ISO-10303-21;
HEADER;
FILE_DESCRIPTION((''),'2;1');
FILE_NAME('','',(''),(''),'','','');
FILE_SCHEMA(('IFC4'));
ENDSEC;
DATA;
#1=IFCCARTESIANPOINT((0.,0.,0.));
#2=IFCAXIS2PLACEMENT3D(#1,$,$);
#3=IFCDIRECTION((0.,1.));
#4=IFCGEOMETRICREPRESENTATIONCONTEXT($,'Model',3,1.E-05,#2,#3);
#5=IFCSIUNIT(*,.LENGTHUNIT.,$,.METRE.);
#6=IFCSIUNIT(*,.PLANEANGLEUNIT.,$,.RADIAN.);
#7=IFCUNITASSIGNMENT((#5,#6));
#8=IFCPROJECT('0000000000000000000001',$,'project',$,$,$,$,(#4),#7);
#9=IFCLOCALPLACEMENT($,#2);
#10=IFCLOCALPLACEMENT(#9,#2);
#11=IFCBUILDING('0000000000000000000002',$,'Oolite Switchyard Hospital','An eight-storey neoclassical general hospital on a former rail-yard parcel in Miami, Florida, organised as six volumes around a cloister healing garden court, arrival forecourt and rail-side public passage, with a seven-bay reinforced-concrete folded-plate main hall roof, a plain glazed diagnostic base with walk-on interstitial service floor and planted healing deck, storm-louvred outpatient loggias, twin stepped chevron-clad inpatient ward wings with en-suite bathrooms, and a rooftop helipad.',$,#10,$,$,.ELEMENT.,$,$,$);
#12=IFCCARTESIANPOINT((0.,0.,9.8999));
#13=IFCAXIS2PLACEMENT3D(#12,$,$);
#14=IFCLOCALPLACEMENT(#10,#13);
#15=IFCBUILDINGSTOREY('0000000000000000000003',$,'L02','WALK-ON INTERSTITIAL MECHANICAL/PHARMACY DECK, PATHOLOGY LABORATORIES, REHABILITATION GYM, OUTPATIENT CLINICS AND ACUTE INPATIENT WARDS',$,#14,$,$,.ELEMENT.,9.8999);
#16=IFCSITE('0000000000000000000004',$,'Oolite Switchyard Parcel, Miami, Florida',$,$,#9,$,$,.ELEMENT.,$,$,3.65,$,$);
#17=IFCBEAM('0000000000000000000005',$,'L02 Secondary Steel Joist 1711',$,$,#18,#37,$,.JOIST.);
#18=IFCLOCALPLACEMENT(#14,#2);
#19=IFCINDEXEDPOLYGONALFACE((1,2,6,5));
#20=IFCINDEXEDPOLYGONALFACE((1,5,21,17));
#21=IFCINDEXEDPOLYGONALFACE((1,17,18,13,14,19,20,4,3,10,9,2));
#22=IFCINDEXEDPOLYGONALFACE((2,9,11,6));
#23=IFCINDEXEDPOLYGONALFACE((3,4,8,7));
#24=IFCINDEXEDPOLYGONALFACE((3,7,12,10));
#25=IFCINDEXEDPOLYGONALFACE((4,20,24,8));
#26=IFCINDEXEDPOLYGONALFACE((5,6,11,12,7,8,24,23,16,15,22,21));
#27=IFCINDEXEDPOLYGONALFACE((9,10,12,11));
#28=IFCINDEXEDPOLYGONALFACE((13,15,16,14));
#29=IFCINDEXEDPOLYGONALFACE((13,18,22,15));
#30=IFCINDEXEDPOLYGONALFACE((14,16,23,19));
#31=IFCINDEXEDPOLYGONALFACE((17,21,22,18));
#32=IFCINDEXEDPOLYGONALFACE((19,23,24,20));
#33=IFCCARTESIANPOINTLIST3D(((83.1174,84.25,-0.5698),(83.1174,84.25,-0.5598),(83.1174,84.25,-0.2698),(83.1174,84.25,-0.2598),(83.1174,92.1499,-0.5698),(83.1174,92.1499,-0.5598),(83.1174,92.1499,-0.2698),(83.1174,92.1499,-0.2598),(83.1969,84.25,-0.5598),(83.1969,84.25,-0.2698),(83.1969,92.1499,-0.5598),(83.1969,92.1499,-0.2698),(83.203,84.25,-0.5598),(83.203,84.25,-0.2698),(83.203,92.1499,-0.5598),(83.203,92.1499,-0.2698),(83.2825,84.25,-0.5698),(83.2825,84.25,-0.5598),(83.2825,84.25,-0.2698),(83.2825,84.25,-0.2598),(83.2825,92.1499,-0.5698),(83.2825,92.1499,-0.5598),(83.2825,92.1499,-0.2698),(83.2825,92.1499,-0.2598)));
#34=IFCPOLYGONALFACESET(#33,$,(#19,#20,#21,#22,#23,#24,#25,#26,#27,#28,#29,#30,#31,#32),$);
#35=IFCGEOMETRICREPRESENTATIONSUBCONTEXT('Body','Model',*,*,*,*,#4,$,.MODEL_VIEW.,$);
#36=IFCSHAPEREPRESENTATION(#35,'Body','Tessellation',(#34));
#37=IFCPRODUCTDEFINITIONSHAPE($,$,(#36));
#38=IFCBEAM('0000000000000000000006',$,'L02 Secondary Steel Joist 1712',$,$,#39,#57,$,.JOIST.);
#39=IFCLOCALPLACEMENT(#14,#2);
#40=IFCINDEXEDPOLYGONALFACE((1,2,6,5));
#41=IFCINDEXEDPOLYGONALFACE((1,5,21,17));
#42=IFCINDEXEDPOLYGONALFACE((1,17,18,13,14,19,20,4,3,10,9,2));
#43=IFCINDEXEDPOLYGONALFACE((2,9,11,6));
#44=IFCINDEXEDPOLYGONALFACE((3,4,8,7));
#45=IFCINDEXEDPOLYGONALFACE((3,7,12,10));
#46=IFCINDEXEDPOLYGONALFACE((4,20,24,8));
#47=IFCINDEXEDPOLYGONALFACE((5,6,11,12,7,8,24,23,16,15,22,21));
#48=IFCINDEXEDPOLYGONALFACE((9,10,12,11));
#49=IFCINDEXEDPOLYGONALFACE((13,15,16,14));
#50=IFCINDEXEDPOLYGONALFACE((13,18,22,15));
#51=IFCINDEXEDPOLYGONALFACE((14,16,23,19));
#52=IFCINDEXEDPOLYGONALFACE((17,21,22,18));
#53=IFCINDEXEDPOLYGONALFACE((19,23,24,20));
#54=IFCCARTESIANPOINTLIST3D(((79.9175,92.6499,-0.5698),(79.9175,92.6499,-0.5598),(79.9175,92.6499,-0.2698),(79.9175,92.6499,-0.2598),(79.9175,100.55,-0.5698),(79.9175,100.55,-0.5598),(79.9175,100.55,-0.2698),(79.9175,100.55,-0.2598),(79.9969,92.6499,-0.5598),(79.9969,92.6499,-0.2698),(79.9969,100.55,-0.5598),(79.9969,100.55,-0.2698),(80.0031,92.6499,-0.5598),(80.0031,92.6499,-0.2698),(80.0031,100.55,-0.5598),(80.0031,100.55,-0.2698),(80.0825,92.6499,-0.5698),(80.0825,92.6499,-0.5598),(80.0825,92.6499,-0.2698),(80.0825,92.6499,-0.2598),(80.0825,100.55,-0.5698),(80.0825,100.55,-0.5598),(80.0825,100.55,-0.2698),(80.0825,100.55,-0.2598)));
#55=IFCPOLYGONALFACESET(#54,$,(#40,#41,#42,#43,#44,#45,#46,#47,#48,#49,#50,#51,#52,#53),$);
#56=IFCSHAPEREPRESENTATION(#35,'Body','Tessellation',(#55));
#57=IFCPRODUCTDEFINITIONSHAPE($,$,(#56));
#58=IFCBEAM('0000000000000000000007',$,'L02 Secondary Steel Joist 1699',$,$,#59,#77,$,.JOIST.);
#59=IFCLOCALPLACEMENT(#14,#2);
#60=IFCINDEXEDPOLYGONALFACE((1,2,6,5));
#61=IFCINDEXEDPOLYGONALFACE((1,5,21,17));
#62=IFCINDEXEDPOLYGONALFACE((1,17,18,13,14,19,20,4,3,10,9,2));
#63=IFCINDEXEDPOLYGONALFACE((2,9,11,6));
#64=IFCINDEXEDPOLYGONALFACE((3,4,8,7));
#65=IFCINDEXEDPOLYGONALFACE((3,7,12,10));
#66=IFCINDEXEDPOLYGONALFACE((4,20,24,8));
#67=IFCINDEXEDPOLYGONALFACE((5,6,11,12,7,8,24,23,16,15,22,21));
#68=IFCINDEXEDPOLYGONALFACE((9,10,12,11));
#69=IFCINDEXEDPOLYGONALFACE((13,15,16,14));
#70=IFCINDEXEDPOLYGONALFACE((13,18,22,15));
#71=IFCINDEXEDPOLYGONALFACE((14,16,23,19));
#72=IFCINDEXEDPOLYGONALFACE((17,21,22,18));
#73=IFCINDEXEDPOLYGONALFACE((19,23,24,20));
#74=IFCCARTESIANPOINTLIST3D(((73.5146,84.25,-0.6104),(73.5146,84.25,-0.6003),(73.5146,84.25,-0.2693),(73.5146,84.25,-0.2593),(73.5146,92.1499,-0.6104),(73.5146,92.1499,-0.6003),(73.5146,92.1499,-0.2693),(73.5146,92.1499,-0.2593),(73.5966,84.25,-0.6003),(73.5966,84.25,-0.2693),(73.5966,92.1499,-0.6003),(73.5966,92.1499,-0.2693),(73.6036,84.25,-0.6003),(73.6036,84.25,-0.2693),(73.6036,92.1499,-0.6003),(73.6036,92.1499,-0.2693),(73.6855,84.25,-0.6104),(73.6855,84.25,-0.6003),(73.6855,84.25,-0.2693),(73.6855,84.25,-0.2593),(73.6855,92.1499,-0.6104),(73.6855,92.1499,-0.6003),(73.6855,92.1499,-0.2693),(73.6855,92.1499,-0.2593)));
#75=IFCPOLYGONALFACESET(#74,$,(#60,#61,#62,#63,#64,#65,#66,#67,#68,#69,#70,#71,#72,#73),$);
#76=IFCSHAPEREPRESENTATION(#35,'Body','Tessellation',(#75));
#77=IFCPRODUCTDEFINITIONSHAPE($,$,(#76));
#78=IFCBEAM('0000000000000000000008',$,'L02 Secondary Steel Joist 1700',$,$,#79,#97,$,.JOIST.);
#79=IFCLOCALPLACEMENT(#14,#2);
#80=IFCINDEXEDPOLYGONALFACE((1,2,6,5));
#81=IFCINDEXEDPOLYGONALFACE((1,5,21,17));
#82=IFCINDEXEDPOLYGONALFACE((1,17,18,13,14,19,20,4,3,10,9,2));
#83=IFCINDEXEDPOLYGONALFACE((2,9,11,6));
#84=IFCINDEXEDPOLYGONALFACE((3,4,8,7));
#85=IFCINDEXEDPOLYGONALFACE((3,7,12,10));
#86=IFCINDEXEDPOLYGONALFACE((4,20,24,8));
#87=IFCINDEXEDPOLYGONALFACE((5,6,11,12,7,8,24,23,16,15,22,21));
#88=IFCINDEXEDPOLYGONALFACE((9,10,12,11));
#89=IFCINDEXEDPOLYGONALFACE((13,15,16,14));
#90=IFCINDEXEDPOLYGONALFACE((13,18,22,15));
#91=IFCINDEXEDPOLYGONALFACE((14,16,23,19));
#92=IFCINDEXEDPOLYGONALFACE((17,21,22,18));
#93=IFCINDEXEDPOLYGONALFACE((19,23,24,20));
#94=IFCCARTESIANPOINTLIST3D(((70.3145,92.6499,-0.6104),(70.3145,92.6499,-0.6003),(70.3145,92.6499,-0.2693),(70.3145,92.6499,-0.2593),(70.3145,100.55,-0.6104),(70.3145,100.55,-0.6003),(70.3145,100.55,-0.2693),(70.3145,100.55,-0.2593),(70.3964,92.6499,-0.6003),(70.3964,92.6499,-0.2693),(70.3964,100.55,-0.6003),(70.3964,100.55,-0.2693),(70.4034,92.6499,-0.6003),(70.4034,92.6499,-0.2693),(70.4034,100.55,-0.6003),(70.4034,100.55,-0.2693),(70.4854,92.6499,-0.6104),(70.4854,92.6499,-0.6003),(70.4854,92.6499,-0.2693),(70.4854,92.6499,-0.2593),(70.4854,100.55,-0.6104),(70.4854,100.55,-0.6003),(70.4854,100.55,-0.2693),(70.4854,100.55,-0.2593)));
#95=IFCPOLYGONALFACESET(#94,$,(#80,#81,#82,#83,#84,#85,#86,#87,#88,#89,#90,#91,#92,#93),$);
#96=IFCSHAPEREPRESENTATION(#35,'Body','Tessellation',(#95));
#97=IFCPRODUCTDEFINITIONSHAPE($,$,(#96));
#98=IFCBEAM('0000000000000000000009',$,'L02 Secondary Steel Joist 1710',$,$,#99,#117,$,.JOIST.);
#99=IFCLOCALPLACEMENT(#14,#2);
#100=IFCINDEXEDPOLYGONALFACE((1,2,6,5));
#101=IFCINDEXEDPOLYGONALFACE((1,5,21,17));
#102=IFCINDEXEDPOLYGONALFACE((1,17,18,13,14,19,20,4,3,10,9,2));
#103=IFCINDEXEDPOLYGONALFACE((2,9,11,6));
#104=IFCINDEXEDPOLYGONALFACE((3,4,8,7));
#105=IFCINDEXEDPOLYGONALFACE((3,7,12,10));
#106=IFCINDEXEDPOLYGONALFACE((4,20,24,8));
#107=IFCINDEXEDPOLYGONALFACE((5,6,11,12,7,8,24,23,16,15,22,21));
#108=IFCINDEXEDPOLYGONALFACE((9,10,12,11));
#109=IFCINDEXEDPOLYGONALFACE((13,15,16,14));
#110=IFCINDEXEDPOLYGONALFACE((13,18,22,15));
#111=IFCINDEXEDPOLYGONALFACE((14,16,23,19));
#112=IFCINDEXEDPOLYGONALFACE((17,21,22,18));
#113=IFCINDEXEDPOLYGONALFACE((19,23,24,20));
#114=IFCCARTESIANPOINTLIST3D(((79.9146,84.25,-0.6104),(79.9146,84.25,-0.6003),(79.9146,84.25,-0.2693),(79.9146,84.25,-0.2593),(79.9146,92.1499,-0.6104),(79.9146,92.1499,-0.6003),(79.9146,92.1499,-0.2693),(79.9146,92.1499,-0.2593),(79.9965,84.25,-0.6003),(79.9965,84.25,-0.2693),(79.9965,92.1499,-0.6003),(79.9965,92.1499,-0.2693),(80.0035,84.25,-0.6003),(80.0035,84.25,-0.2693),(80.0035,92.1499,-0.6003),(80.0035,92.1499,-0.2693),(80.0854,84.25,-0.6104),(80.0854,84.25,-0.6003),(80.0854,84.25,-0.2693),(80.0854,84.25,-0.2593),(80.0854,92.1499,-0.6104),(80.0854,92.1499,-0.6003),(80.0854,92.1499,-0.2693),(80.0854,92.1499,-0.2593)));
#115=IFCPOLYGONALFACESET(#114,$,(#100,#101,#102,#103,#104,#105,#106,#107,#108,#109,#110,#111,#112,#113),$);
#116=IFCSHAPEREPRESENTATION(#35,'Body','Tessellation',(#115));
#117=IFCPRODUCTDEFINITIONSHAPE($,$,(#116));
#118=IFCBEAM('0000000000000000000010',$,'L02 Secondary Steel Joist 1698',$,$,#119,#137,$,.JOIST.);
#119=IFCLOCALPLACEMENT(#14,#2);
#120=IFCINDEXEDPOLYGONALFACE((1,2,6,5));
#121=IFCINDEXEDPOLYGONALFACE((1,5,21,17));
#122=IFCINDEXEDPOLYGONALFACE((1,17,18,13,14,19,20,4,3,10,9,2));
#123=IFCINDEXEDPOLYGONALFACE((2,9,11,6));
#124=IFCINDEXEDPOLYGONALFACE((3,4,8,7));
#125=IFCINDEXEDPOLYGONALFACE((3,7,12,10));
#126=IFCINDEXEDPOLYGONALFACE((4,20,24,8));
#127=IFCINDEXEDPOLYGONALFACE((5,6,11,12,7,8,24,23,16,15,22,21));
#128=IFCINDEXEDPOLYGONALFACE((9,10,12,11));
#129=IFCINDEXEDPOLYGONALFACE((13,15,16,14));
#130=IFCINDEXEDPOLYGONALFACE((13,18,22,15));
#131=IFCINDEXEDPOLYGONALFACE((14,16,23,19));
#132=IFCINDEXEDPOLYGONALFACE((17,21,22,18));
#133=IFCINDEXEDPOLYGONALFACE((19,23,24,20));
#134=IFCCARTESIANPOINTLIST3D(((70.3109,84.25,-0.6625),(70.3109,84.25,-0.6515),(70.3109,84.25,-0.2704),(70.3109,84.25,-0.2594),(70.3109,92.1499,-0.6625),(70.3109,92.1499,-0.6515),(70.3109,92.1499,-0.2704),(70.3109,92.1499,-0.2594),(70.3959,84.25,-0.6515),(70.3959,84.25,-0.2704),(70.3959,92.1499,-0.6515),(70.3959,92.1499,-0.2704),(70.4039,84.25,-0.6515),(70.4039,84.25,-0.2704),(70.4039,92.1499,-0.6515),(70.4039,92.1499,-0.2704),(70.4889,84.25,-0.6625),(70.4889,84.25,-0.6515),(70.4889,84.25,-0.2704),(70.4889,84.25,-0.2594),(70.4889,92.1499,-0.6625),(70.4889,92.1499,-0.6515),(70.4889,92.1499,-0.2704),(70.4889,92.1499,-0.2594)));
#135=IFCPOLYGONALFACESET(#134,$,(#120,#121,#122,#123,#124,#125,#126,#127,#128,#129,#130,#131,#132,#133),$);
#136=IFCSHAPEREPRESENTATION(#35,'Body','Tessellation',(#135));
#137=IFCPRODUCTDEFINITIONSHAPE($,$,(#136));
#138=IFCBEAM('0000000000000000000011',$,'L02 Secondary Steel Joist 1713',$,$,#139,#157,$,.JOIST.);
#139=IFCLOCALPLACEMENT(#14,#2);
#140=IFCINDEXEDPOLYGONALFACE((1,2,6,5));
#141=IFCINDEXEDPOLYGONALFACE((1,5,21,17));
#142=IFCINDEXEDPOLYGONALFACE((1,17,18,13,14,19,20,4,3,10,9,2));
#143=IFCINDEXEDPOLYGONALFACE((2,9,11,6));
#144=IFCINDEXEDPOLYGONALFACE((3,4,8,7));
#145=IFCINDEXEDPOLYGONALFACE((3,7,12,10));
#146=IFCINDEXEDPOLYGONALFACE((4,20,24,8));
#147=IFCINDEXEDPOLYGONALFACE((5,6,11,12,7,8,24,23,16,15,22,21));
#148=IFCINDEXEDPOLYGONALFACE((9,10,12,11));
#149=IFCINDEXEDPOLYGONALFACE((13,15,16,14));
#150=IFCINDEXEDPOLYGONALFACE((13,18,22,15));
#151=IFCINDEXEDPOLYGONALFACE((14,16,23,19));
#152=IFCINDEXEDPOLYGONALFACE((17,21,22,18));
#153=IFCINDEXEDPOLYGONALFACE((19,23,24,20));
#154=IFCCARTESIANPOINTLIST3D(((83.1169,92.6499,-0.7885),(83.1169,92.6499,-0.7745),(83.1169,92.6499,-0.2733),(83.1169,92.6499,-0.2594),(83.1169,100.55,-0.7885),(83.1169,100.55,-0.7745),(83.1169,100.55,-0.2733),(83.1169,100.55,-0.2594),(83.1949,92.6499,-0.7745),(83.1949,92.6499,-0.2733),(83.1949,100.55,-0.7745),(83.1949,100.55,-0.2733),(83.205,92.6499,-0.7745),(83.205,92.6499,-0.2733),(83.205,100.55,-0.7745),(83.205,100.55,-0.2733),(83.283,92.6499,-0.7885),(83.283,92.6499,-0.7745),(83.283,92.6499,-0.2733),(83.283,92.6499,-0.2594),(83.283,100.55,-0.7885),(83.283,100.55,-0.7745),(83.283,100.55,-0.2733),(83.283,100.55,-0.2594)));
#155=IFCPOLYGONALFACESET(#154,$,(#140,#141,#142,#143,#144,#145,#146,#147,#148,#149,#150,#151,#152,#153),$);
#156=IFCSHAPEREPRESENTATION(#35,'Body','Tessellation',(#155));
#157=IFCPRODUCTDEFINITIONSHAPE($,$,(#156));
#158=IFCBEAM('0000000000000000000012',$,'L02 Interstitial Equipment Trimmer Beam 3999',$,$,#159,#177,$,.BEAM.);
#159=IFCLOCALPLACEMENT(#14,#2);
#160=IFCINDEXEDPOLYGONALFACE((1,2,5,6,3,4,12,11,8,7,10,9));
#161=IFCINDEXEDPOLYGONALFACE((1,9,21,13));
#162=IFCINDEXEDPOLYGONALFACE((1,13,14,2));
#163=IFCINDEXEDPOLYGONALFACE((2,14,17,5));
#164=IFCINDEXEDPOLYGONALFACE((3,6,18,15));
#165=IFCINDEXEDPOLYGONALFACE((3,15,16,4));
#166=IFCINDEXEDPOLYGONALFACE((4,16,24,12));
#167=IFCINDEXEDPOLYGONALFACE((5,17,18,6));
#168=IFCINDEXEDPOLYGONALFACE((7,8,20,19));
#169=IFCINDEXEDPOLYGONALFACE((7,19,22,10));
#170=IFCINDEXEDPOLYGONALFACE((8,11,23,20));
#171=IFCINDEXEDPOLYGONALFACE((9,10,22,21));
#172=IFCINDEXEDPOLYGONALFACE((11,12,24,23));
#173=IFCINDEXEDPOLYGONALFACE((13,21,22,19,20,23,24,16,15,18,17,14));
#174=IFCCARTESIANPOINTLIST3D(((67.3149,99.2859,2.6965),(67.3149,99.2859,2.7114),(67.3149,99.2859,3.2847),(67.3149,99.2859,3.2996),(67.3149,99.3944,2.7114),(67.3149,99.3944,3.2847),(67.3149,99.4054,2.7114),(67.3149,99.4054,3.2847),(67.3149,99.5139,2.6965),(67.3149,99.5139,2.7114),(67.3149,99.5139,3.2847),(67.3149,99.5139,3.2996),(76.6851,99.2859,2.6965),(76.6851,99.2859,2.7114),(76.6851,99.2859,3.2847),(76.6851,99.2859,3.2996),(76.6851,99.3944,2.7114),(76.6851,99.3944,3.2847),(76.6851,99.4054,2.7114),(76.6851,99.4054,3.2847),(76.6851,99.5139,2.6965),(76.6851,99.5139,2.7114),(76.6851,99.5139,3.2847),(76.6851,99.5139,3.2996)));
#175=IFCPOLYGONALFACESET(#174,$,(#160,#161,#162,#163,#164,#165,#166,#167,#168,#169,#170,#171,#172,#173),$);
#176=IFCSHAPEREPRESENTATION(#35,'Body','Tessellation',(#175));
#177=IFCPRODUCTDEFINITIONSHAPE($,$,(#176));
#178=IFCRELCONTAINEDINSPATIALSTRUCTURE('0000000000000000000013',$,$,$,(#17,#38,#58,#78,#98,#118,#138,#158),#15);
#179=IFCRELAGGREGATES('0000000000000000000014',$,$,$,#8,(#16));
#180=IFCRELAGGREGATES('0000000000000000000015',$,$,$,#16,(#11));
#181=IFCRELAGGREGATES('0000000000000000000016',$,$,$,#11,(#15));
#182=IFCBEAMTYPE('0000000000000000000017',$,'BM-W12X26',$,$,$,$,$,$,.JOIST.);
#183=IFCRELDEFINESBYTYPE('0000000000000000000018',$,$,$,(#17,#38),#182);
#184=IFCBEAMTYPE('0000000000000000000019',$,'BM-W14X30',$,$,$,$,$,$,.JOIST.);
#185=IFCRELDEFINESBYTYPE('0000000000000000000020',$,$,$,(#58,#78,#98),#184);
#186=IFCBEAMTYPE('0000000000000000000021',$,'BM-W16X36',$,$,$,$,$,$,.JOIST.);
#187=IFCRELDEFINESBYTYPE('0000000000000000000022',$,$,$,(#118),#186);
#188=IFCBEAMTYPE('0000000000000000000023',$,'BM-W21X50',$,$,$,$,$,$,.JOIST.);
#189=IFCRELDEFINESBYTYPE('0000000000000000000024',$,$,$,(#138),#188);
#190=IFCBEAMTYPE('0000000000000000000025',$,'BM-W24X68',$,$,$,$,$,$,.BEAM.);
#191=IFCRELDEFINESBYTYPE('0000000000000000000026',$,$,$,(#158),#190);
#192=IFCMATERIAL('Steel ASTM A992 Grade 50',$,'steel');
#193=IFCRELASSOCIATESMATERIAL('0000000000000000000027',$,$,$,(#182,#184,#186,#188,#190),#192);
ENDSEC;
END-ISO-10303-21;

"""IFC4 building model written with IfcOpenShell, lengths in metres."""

from ifc_helpers import new_model, si_unit, direction, frame, origin, origin_2d, place, context, subcontext, project, spatial, i_section, extrude, material, material_profile, profile_set, type_object, element, save


model = new_model("IFC4")

# Units and contexts
model_context = context("Model", 3, precision=1e-05, world=origin(), true_north=direction((0.0, 1.0)))
body_context = subcontext(model_context, "Body", "Model", "MODEL_VIEW")
ifc_project = project(units=[si_unit("LENGTHUNIT", "METRE"), si_unit("PLANEANGLEUNIT", "RADIAN")], contexts=[model_context])

# Site, building, storey
site_placement = place(None, origin())
site = spatial("IfcSite", under=ifc_project, at=site_placement, Name="Oolite Switchyard Parcel, Miami, Florida", CompositionType="ELEMENT", RefElevation=3.65)
building_placement = place(site_placement, origin())
building = spatial("IfcBuilding", under=site, at=building_placement, Name="Oolite Switchyard Hospital", Description="An eight-storey neoclassical general hospital on a former rail-yard parcel in Miami, Florida, organised as six volumes around a cloister healing garden court, arrival forecourt and rail-side public passage, with a seven-bay reinforced-concrete folded-plate main hall roof, a plain glazed diagnostic base with walk-on interstitial service floor and planted healing deck, storm-louvred outpatient loggias, twin stepped chevron-clad inpatient ward wings with en-suite bathrooms, and a rooftop helipad.", CompositionType="ELEMENT")
storey_placement = place(building_placement, frame((0.0, 0.0, 9.8999)))
storey = spatial("IfcBuildingStorey", under=building, at=storey_placement, Name="L02", Description="WALK-ON INTERSTITIAL MECHANICAL/PHARMACY DECK, PATHOLOGY LABORATORIES, REHABILITATION GYM, OUTPATIENT CLINICS AND ACUTE INPATIENT WARDS", CompositionType="ELEMENT", Elevation=9.8999)

# Shared definitions
ifc_material_1 = material(Name="Steel ASTM A992 Grade 50", Category="steel")

# Beams
ifc_material_profile_1 = material_profile(ifc_material_1, i_section(OverallWidth=0.165, OverallDepth=0.3101, WebThickness=0.0061, FlangeThickness=0.01, at=origin_2d()), Name="W12X26")
ifc_profile_set_1 = profile_set([ifc_material_profile_1], Name="Steel ASTM A992 Grade 50")
beam_type_1 = type_object("IfcBeamType", Name="BM-W12X26", PredefinedType="JOIST", material=ifc_profile_set_1)
beam_1_placement = place(storey_placement, frame((83.2, 84.25, -0.4148), z_axis=(0.0, 1.0, 0.0), x_axis=(-1.0, 0.0, 0.0)))
element("IfcBeam", 1, at=beam_1_placement, inside=storey, type_object=beam_type_1, Name="L02 Secondary Steel Joist 1711", PredefinedType="JOIST", context=body_context, shape_type="SweptSolid", body=[
    extrude(i_section(OverallWidth=0.165, OverallDepth=0.3101, WebThickness=0.0061, FlangeThickness=0.01, at=origin_2d()), origin(), (0.0, 0.0, 1.0), 7.8999),
])
beam_2_placement = place(storey_placement, frame((80.0, 92.6499, -0.4148), z_axis=(0.0, 1.0, 0.0), x_axis=(-1.0, 0.0, 0.0)))
element("IfcBeam", 2, at=beam_2_placement, inside=storey, type_object=beam_type_1, Name="L02 Secondary Steel Joist 1712", PredefinedType="JOIST", context=body_context, shape_type="SweptSolid", body=[
    extrude(i_section(OverallWidth=0.165, OverallDepth=0.3101, WebThickness=0.0061, FlangeThickness=0.01, at=origin_2d()), origin(), (0.0, 0.0, 1.0), 7.9001),
])
ifc_material_profile_2 = material_profile(ifc_material_1, i_section(OverallWidth=0.1709, OverallDepth=0.3511, WebThickness=0.0071, FlangeThickness=0.01, at=origin_2d()), Name="W14X30")
ifc_profile_set_2 = profile_set([ifc_material_profile_2], Name="Steel ASTM A992 Grade 50")
beam_type_2 = type_object("IfcBeamType", Name="BM-W14X30", PredefinedType="JOIST", material=ifc_profile_set_2)
beam_3_placement = place(storey_placement, frame((73.6001, 84.25, -0.4348), z_axis=(0.0, 1.0, 0.0), x_axis=(-1.0, 0.0, 0.0)))
element("IfcBeam", 3, at=beam_3_placement, inside=storey, type_object=beam_type_2, Name="L02 Secondary Steel Joist 1699", PredefinedType="JOIST", context=body_context, shape_type="SweptSolid", body=[
    extrude(i_section(OverallWidth=0.1709, OverallDepth=0.3511, WebThickness=0.0071, FlangeThickness=0.01, at=origin_2d()), origin(), (0.0, 0.0, 1.0), 7.8999),
])
beam_4_placement = place(storey_placement, frame((70.3999, 92.6499, -0.4348), z_axis=(0.0, 1.0, 0.0), x_axis=(-1.0, 0.0, 0.0)))
element("IfcBeam", 4, at=beam_4_placement, inside=storey, type_object=beam_type_2, Name="L02 Secondary Steel Joist 1700", PredefinedType="JOIST", context=body_context, shape_type="SweptSolid", body=[
    extrude(i_section(OverallWidth=0.1709, OverallDepth=0.3511, WebThickness=0.0071, FlangeThickness=0.01, at=origin_2d()), origin(), (0.0, 0.0, 1.0), 7.9001),
])
beam_5_placement = place(storey_placement, frame((80.0, 84.25, -0.4348), z_axis=(0.0, 1.0, 0.0), x_axis=(-1.0, 0.0, 0.0)))
element("IfcBeam", 5, at=beam_5_placement, inside=storey, type_object=beam_type_2, Name="L02 Secondary Steel Joist 1710", PredefinedType="JOIST", context=body_context, shape_type="SweptSolid", body=[
    extrude(i_section(OverallWidth=0.1709, OverallDepth=0.3511, WebThickness=0.0071, FlangeThickness=0.01, at=origin_2d()), origin(), (0.0, 0.0, 1.0), 7.8999),
])
ifc_material_profile_3 = material_profile(ifc_material_1, i_section(OverallWidth=0.178, OverallDepth=0.4031, WebThickness=0.0081, FlangeThickness=0.011, at=origin_2d()), Name="W16X36")
ifc_profile_set_3 = profile_set([ifc_material_profile_3], Name="Steel ASTM A992 Grade 50")
beam_type_3 = type_object("IfcBeamType", Name="BM-W16X36", PredefinedType="JOIST", material=ifc_profile_set_3)
beam_6_placement = place(storey_placement, frame((70.3999, 84.25, -0.4609), z_axis=(0.0, 1.0, 0.0), x_axis=(-1.0, 0.0, 0.0)))
element("IfcBeam", 6, at=beam_6_placement, inside=storey, type_object=beam_type_3, Name="L02 Secondary Steel Joist 1698", PredefinedType="JOIST", context=body_context, shape_type="SweptSolid", body=[
    extrude(i_section(OverallWidth=0.178, OverallDepth=0.4031, WebThickness=0.0081, FlangeThickness=0.011, at=origin_2d()), origin(), (0.0, 0.0, 1.0), 7.8999),
])
ifc_material_profile_4 = material_profile(ifc_material_1, i_section(OverallWidth=0.166, OverallDepth=0.5291, WebThickness=0.01, FlangeThickness=0.0139, at=origin_2d()), Name="W21X50")
ifc_profile_set_4 = profile_set([ifc_material_profile_4], Name="Steel ASTM A992 Grade 50")
beam_type_4 = type_object("IfcBeamType", Name="BM-W21X50", PredefinedType="JOIST", material=ifc_profile_set_4)
beam_7_placement = place(storey_placement, frame((83.2, 92.6499, -0.5239), z_axis=(0.0, 1.0, 0.0), x_axis=(-1.0, 0.0, 0.0)))
element("IfcBeam", 7, at=beam_7_placement, inside=storey, type_object=beam_type_4, Name="L02 Secondary Steel Joist 1713", PredefinedType="JOIST", context=body_context, shape_type="SweptSolid", body=[
    extrude(i_section(OverallWidth=0.166, OverallDepth=0.5291, WebThickness=0.01, FlangeThickness=0.0139, at=origin_2d()), origin(), (0.0, 0.0, 1.0), 7.9001),
])
ifc_material_profile_5 = material_profile(ifc_material_1, i_section(OverallWidth=0.228, OverallDepth=0.603, WebThickness=0.011, FlangeThickness=0.0149, at=origin_2d()), Name="W24X68")
ifc_profile_set_5 = profile_set([ifc_material_profile_5], Name="Steel ASTM A992 Grade 50")
beam_type_5 = type_object("IfcBeamType", Name="BM-W24X68", PredefinedType="BEAM", material=ifc_profile_set_5)
beam_8_placement = place(storey_placement, frame((67.3149, 99.3999, 2.998), z_axis=(1.0, 0.0, 0.0), x_axis=(0.0, 1.0, 0.0)))
element("IfcBeam", 8, at=beam_8_placement, inside=storey, type_object=beam_type_5, Name="L02 Interstitial Equipment Trimmer Beam 3999", PredefinedType="BEAM", context=body_context, shape_type="SweptSolid", body=[
    extrude(i_section(OverallWidth=0.228, OverallDepth=0.603, WebThickness=0.011, FlangeThickness=0.0149, at=origin_2d()), origin(), (0.0, 0.0, 1.0), 9.3701),
])

save(model, "model.ifc")
